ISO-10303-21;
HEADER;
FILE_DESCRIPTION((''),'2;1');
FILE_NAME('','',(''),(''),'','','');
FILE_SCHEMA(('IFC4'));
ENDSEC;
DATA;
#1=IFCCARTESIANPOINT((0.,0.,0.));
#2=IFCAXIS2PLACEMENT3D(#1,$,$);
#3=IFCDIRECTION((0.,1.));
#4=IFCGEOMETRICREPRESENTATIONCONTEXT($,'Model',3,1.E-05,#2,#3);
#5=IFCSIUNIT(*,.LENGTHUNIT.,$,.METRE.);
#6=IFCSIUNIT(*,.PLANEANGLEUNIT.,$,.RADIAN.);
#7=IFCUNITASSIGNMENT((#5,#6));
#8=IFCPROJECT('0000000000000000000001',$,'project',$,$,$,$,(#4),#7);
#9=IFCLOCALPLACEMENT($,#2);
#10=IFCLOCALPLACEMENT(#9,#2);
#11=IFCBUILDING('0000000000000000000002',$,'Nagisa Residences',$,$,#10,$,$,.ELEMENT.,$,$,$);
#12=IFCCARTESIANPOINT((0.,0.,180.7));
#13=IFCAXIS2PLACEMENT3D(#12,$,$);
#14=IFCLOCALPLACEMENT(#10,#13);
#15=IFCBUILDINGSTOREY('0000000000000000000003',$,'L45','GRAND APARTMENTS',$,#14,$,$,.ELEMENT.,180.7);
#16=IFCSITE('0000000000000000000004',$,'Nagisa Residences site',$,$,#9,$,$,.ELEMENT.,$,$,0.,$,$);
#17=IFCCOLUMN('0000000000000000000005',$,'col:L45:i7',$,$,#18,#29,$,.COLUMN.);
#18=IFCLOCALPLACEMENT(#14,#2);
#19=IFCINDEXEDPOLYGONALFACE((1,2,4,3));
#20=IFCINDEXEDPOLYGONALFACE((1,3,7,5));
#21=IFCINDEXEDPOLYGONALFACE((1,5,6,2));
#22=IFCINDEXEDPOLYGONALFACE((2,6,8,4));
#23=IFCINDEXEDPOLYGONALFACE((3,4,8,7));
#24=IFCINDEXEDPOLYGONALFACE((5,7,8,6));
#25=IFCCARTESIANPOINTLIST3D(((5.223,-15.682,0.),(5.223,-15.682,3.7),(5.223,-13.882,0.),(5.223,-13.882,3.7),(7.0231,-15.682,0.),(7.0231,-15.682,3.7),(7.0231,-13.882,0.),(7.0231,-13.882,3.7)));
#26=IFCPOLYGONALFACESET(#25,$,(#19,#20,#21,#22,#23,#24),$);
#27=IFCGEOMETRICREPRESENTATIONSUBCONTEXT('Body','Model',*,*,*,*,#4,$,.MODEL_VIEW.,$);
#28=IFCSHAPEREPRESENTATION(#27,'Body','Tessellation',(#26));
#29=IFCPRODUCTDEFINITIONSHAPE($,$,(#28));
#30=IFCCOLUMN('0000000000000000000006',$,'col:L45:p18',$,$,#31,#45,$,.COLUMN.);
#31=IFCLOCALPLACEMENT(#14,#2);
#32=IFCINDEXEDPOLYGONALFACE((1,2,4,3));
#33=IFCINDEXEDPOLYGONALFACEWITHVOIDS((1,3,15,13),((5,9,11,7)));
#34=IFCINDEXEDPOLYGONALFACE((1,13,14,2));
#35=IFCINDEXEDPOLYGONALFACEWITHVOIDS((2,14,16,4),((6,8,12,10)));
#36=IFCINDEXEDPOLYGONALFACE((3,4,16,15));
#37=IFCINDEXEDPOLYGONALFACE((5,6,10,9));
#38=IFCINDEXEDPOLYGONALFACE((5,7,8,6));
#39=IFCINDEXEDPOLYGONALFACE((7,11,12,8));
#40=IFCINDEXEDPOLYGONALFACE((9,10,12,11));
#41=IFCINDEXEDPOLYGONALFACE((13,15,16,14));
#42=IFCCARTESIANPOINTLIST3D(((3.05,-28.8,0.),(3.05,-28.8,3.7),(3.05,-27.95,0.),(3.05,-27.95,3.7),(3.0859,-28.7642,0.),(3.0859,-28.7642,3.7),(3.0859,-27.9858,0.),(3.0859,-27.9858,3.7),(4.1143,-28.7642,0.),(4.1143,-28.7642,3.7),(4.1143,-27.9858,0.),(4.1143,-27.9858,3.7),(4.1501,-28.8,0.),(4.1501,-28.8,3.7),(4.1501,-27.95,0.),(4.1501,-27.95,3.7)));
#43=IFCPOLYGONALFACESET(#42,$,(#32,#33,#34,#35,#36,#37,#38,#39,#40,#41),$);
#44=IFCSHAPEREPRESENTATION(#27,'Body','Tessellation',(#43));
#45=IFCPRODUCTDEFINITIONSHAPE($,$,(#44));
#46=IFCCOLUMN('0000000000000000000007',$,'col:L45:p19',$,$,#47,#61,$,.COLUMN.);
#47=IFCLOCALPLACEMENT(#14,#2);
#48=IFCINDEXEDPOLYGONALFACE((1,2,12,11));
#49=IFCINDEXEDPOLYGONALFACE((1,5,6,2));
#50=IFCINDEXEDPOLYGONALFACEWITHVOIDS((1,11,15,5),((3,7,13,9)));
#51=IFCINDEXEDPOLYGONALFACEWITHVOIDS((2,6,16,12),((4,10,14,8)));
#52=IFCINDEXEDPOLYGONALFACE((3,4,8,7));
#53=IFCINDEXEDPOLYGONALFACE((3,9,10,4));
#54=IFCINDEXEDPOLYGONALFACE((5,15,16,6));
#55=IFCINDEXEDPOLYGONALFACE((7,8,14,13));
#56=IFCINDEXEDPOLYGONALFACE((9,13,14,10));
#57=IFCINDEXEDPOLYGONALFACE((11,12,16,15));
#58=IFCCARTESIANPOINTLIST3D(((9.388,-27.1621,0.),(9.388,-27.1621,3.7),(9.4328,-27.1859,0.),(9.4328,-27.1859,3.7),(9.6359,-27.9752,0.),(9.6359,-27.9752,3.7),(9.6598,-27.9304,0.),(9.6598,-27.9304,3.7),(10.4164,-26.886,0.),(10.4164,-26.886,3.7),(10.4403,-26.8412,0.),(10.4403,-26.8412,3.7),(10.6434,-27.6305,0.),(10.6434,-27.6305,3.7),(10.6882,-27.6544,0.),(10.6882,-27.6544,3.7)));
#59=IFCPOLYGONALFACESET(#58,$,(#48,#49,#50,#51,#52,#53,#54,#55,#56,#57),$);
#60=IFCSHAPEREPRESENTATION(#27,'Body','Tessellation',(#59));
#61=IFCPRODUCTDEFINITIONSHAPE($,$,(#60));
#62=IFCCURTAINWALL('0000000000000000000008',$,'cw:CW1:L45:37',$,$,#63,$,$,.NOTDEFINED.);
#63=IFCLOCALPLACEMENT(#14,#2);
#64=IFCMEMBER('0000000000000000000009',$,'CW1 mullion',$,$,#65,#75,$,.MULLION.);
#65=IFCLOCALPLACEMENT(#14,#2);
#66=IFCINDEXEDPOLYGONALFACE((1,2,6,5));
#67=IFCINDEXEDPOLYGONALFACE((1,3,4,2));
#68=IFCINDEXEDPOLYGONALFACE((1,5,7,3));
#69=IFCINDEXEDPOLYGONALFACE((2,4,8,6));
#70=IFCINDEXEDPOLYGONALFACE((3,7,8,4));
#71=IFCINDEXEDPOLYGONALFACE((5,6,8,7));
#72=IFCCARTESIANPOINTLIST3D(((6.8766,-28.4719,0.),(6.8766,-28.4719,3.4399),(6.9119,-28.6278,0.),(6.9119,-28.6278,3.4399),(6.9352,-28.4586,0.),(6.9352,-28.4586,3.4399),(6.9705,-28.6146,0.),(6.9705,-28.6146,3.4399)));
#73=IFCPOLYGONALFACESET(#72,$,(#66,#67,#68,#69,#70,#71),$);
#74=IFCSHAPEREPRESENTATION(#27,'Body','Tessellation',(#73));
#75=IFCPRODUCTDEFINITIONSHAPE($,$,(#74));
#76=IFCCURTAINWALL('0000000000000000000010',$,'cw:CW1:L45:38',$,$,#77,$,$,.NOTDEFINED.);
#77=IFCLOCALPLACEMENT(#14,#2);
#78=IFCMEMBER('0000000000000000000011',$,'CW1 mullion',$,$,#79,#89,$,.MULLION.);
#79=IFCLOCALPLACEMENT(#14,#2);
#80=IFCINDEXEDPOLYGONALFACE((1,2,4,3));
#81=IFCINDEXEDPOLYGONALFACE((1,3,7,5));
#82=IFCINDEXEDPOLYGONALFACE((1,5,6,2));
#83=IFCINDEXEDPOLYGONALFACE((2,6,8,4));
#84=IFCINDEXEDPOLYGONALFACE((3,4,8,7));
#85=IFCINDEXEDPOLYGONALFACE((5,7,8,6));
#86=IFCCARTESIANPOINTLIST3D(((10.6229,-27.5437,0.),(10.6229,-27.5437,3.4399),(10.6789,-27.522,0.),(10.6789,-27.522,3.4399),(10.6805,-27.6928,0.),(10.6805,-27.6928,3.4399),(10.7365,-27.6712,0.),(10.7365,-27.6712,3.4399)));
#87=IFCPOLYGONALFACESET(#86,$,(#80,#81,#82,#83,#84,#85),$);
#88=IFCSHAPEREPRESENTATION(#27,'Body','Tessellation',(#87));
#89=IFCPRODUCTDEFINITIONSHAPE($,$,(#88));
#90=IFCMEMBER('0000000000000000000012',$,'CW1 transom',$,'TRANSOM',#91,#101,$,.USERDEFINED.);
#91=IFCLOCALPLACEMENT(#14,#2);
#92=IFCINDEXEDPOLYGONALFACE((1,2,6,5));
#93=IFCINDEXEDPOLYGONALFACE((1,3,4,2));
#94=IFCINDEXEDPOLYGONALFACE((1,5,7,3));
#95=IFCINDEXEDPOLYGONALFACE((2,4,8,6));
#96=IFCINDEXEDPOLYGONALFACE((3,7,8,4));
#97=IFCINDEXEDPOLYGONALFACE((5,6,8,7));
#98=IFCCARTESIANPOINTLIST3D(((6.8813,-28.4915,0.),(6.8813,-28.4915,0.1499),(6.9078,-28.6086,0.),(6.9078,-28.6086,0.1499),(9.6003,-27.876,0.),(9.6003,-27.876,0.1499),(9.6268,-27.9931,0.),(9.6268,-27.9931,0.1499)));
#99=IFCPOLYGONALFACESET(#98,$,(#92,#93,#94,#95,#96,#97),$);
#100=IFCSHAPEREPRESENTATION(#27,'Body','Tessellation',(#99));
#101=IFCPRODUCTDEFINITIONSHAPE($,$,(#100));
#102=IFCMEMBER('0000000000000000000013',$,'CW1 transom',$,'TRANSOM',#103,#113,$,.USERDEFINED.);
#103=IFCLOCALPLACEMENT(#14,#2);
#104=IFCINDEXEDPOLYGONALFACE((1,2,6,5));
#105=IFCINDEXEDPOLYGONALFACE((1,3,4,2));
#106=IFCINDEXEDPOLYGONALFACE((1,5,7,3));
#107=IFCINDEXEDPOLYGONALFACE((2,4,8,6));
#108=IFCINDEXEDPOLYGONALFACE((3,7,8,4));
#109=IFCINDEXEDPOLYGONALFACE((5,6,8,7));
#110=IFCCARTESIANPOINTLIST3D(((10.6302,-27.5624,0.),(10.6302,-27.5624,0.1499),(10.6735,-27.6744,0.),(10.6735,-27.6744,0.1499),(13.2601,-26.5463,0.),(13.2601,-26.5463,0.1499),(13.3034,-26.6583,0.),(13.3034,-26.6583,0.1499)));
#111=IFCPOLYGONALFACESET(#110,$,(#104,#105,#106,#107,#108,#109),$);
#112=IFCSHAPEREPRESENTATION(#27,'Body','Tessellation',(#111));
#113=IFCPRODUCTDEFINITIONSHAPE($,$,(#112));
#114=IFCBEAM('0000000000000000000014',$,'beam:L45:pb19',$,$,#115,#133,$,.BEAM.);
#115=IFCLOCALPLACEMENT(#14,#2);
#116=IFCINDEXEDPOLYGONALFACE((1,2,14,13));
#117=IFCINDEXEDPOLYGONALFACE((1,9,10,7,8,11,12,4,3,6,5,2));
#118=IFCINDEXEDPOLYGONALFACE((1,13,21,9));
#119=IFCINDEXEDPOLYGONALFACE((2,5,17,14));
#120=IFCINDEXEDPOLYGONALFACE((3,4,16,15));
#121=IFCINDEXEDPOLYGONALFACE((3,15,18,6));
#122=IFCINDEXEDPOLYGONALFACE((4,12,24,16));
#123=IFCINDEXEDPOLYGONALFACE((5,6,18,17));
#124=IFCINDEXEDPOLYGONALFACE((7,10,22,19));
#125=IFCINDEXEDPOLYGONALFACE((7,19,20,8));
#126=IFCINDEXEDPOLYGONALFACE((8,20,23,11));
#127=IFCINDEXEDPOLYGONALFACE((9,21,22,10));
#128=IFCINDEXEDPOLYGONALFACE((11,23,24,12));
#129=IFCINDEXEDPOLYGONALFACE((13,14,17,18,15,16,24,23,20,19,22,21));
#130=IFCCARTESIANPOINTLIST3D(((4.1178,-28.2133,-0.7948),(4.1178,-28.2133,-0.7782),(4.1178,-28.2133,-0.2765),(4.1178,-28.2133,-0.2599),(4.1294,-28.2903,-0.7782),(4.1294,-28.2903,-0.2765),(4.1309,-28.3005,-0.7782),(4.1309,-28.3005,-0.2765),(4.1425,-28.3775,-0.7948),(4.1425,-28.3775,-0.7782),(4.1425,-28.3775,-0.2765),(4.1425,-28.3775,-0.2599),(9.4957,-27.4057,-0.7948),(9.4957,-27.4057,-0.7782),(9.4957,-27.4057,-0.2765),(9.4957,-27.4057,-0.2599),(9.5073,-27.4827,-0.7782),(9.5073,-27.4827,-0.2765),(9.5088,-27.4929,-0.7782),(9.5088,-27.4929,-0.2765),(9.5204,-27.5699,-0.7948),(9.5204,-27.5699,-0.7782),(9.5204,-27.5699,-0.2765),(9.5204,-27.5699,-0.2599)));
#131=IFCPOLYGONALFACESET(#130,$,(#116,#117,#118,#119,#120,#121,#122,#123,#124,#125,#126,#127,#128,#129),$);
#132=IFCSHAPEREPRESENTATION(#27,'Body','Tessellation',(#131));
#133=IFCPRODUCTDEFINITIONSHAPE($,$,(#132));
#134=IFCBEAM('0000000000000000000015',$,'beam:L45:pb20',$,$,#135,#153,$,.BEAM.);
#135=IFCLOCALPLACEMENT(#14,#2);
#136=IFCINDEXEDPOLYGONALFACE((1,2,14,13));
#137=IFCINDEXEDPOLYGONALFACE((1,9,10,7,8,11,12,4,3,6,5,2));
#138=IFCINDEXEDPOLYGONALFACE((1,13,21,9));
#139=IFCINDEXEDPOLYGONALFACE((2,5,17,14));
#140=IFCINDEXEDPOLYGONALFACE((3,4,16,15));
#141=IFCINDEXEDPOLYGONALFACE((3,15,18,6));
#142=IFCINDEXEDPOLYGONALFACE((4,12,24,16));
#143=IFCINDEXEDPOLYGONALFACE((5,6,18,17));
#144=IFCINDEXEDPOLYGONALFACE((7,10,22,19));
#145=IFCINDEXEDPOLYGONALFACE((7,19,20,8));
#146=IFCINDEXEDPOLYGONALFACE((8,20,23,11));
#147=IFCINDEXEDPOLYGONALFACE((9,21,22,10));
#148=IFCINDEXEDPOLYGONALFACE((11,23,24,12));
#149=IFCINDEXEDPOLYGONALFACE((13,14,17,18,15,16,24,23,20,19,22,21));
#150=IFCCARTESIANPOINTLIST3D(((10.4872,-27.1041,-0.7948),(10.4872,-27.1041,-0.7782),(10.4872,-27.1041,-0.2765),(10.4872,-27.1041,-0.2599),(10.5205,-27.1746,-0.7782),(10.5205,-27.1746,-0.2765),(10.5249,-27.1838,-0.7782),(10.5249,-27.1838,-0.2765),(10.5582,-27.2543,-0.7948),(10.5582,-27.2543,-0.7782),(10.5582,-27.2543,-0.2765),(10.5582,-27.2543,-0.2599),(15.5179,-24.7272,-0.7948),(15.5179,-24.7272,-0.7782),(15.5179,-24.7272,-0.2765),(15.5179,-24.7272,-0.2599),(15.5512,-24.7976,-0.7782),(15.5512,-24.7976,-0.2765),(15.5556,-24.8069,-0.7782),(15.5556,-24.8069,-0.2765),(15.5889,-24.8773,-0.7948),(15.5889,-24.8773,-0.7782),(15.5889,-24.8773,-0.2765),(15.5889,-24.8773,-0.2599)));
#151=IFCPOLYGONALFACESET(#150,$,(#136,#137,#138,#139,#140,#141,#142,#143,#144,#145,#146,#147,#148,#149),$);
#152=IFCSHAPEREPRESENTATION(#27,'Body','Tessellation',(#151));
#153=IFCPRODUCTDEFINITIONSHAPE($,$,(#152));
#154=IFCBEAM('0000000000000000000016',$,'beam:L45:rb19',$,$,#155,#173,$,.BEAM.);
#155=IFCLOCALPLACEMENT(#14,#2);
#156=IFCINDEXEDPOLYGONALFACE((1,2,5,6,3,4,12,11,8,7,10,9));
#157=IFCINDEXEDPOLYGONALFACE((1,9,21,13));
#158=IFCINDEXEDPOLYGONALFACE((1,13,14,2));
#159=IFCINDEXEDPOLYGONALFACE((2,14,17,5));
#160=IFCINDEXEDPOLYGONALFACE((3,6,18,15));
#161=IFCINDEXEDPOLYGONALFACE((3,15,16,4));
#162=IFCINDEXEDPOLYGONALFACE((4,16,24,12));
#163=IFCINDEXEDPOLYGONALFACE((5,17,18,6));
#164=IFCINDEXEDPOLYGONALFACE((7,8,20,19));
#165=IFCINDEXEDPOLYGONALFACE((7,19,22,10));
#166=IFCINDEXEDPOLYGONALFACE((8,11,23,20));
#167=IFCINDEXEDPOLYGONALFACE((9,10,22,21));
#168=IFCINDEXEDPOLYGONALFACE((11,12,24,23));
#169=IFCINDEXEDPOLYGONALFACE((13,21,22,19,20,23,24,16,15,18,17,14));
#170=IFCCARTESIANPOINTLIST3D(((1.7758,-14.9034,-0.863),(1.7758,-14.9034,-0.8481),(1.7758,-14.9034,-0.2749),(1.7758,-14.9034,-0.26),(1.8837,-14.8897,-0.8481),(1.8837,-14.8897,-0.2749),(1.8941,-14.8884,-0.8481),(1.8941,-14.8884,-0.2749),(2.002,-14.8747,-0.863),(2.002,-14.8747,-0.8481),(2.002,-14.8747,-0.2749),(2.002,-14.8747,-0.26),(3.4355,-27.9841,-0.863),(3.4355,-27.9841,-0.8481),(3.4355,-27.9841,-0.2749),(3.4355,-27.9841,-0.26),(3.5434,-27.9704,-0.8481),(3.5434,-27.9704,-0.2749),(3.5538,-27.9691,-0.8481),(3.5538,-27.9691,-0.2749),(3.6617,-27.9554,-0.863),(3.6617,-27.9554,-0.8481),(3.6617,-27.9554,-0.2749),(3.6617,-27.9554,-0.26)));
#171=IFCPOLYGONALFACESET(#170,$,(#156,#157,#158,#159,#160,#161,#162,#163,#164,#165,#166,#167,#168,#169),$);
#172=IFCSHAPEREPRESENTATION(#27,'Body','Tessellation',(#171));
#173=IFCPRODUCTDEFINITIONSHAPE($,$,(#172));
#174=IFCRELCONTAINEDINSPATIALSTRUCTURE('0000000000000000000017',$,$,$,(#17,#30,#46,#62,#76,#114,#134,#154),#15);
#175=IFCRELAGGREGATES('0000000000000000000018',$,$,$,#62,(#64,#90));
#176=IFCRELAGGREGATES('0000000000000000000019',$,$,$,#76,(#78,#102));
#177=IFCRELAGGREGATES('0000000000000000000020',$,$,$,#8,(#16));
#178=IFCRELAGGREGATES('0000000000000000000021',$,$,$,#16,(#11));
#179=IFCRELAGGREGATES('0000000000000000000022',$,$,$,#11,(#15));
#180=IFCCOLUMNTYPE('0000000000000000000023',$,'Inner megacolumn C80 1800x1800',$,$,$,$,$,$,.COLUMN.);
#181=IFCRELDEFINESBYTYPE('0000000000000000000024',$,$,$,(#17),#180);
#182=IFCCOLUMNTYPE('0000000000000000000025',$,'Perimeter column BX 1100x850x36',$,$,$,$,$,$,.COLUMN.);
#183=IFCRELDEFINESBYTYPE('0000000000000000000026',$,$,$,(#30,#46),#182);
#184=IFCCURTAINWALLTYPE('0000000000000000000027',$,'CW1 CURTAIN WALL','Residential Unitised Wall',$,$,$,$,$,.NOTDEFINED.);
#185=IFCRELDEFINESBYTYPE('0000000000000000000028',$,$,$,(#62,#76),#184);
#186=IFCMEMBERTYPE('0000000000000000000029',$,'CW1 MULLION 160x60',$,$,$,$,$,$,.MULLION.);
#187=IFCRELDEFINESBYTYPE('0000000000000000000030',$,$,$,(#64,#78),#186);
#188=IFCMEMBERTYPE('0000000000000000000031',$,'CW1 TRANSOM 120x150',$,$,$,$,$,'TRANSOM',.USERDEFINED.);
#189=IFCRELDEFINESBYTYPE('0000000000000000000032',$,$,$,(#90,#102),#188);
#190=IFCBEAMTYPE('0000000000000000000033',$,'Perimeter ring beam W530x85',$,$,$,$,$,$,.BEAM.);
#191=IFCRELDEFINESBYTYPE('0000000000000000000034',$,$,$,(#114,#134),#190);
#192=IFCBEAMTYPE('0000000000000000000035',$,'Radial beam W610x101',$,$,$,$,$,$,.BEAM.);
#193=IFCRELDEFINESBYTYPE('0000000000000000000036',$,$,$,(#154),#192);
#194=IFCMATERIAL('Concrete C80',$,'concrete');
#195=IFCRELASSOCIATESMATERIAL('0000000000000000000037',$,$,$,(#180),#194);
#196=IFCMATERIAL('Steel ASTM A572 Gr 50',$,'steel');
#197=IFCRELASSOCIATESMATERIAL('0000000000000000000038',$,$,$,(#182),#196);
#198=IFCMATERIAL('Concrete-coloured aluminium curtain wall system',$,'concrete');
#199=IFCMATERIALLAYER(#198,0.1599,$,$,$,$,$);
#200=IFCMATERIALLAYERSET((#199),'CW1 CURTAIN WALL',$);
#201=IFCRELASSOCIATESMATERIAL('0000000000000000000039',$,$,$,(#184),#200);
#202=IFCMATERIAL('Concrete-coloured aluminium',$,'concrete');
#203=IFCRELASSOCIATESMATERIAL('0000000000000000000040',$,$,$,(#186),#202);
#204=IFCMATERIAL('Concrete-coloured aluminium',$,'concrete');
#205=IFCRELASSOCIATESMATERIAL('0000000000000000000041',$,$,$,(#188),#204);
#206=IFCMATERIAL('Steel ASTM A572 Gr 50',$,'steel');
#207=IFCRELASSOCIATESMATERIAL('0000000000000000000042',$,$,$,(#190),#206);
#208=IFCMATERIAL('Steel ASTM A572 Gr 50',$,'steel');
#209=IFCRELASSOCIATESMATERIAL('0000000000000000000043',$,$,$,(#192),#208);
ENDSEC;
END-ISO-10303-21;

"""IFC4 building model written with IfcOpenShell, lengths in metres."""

from ifc_helpers import new_model, si_unit, direction, frame, origin, origin_2d, place, context, subcontext, project, spatial, rectangle, hollow_rectangle, i_section, extrude, material, layer, layer_set, material_profile, profile_set, type_object, element, aggregate, save


model = new_model("IFC4")

# Units and contexts
model_context = context("Model", 3, precision=1e-05, world=origin(), true_north=direction((0.0, 1.0)))
body_context = subcontext(model_context, "Body", "Model", "MODEL_VIEW")
ifc_project = project(units=[si_unit("LENGTHUNIT", "METRE"), si_unit("PLANEANGLEUNIT", "RADIAN")], contexts=[model_context])

# Site, building, storey
site_placement = place(None, origin())
site = spatial("IfcSite", under=ifc_project, at=site_placement, Name="Nagisa Residences site", CompositionType="ELEMENT", RefElevation=0.0)
building_placement = place(site_placement, origin())
building = spatial("IfcBuilding", under=site, at=building_placement, Name="Nagisa Residences", CompositionType="ELEMENT")
storey_placement = place(building_placement, frame((0.0, 0.0, 180.7)))
storey = spatial("IfcBuildingStorey", under=building, at=storey_placement, Name="L45", Description="GRAND APARTMENTS", CompositionType="ELEMENT", Elevation=180.7)

# Columns
ifc_material_1 = material(Name="Concrete C80", Category="concrete")
ifc_material_profile_1 = material_profile(ifc_material_1, rectangle(XDim=1.8, YDim=1.8, at=origin_2d()), Name="C80 1800x1800")
ifc_profile_set_1 = profile_set([ifc_material_profile_1], Name="Concrete C80")
column_type_1 = type_object("IfcColumnType", Name="Inner megacolumn C80 1800x1800", PredefinedType="COLUMN", material=ifc_profile_set_1)
column_placement = place(storey_placement, frame((6.123, -14.782, 0.0), z_axis=(0.0, 0.0, 1.0), x_axis=(1.0, 0.0, 0.0)))
element("IfcColumn", 1, at=column_placement, inside=storey, type_object=column_type_1, Name="col:L45:i7", PredefinedType="COLUMN", context=body_context, shape_type="SweptSolid", body=[
    extrude(rectangle(XDim=1.8, YDim=1.8, at=origin_2d()), origin(), (0.0, 0.0, 1.0), 3.7),
])
ifc_material_2 = material(Name="Steel ASTM A572 Gr 50", Category="steel")
ifc_material_profile_2 = material_profile(ifc_material_2, hollow_rectangle(XDim=1.1001, YDim=0.8501, WallThickness=0.0359, at=origin_2d()), Name="BX 1100x850x36")
ifc_profile_set_2 = profile_set([ifc_material_profile_2], Name="Steel ASTM A572 Gr 50")
column_type_2 = type_object("IfcColumnType", Name="Perimeter column BX 1100x850x36", PredefinedType="COLUMN", material=ifc_profile_set_2)
for number, where, z_axis, x_axis, name in (
    (2, (3.6001, -28.375, 0.0), (0.0, 0.0, 1.0), (1.0, 0.0, 0.0), "col:L45:p18"),
    (3, (10.0381, -27.4082, 0.0), (0.0, 0.0, 1.0), (0.956525, 0.291652, 0.0), "col:L45:p19"),
):
    element("IfcColumn", number, at=place(storey_placement, frame(where, z_axis=z_axis, x_axis=x_axis)), inside=storey, type_object=column_type_2, Name=name, PredefinedType="COLUMN", context=body_context, shape_type="SweptSolid", body=[
        extrude(hollow_rectangle(XDim=1.1001, YDim=0.8501, WallThickness=0.0359, at=origin_2d()), origin(), (0.0, 0.0, 1.0), 3.7),
    ])

# Curtain walls, members
ifc_material_3 = material(Name="Concrete-coloured aluminium curtain wall system", Category="concrete")
ifc_layer_1 = layer(ifc_material_3, 0.1599)
ifc_layer_set_1 = layer_set([ifc_layer_1], Name="CW1 CURTAIN WALL")
curtain_wall_type = type_object("IfcCurtainWallType", Name="CW1 CURTAIN WALL", Description="Residential Unitised Wall", PredefinedType="NOTDEFINED", material=ifc_layer_set_1)
curtain_wall_1_placement = place(storey_placement, origin())
curtain_wall_1 = element("IfcCurtainWall", 4, at=curtain_wall_1_placement, inside=storey, type_object=curtain_wall_type, Name="cw:CW1:L45:37", PredefinedType="NOTDEFINED")
ifc_material_4 = material(Name="Concrete-coloured aluminium", Category="concrete")
ifc_material_profile_3 = material_profile(ifc_material_4, rectangle(XDim=0.1599, YDim=0.0601, at=origin_2d()), Name="CW1 MULLION 160x60")
ifc_profile_set_3 = profile_set([ifc_material_profile_3], Name="Concrete-coloured aluminium")
member_type_1 = type_object("IfcMemberType", Name="CW1 MULLION 160x60", PredefinedType="MULLION", material=ifc_profile_set_3)
member_1_placement = place(storey_placement, frame((6.9236, -28.5432, 0.0), z_axis=(0.0, 0.0, 1.0), x_axis=(-0.220764, 0.975327, 0.0)))
member_1 = element("IfcMember", 5, at=member_1_placement, type_object=member_type_1, Name="CW1 mullion", PredefinedType="MULLION", context=body_context, shape_type="SweptSolid", body=[
    extrude(rectangle(XDim=0.1599, YDim=0.0601, at=origin_2d()), origin(), (0.0, 0.0, 1.0), 3.4399),
])
curtain_wall_2_placement = place(storey_placement, origin())
curtain_wall_2 = element("IfcCurtainWall", 6, at=curtain_wall_2_placement, inside=storey, type_object=curtain_wall_type, Name="cw:CW1:L45:38", PredefinedType="NOTDEFINED")
member_2_placement = place(storey_placement, frame((10.6797, -27.6074, 0.0), z_axis=(0.0, 0.0, 1.0), x_axis=(-0.360328, 0.932826, 0.0)))
member_2 = element("IfcMember", 7, at=member_2_placement, type_object=member_type_1, Name="CW1 mullion", PredefinedType="MULLION", context=body_context, shape_type="SweptSolid", body=[
    extrude(rectangle(XDim=0.1599, YDim=0.0601, at=origin_2d()), origin(), (0.0, 0.0, 1.0), 3.4399),
])

# Members
ifc_material_5 = material(Name="Concrete-coloured aluminium", Category="concrete")
ifc_material_profile_4 = material_profile(ifc_material_5, rectangle(XDim=0.1201, YDim=0.1499, at=origin_2d()), Name="CW1 TRANSOM 120x150")
ifc_profile_set_4 = profile_set([ifc_material_profile_4], Name="Concrete-coloured aluminium")
member_type_2 = type_object("IfcMemberType", Name="CW1 TRANSOM 120x150", ElementType="TRANSOM", PredefinedType="USERDEFINED", material=ifc_profile_set_4)
member_3_placement = place(storey_placement, frame((6.8945, -28.55, 0.075), z_axis=(0.975324, 0.220777, 0.0), x_axis=(-0.220777, 0.975324, 0.0)))
member_3 = element("IfcMember", 8, at=member_3_placement, type_object=member_type_2, Name="CW1 transom", ObjectType="TRANSOM", PredefinedType="USERDEFINED", context=body_context, shape_type="SweptSolid", body=[
    extrude(rectangle(XDim=0.1201, YDim=0.1499, at=origin_2d()), origin(), (0.0, 0.0, 1.0), 2.7878),
])
member_4_placement = place(storey_placement, frame((10.6519, -27.6184, 0.075), z_axis=(0.932795, 0.360406, 0.0), x_axis=(-0.360406, 0.932795, 0.0)))
member_4 = element("IfcMember", 9, at=member_4_placement, type_object=member_type_2, Name="CW1 transom", ObjectType="TRANSOM", PredefinedType="USERDEFINED", context=body_context, shape_type="SweptSolid", body=[
    extrude(rectangle(XDim=0.1201, YDim=0.1499, at=origin_2d()), origin(), (0.0, 0.0, 1.0), 2.8193),
])

# Beams
ifc_material_6 = material(Name="Steel ASTM A572 Gr 50", Category="steel")
ifc_material_profile_5 = material_profile(ifc_material_6, i_section(OverallWidth=0.166, OverallDepth=0.5349, WebThickness=0.0103, FlangeThickness=0.0166, at=origin_2d()), Name="W530x85")
ifc_profile_set_5 = profile_set([ifc_material_profile_5], Name="Steel ASTM A572 Gr 50")
beam_type_1 = type_object("IfcBeamType", Name="Perimeter ring beam W530x85", PredefinedType="BEAM", material=ifc_profile_set_5)
beam_1_placement = place(storey_placement, frame((4.1301, -28.2954, -0.5273), z_axis=(0.988911, 0.148507, 0.0), x_axis=(-0.148507, 0.988911, 0.0)))
element("IfcBeam", 10, at=beam_1_placement, inside=storey, type_object=beam_type_1, Name="beam:L45:pb19", PredefinedType="BEAM", context=body_context, shape_type="SweptSolid", body=[
    extrude(i_section(OverallWidth=0.166, OverallDepth=0.5349, WebThickness=0.0103, FlangeThickness=0.0166, at=origin_2d()), origin(), (0.0, 0.0, 1.0), 5.4382),
])
beam_2_placement = place(storey_placement, frame((10.5227, -27.1792, -0.5273), z_axis=(0.904157, 0.4272, 0.0), x_axis=(-0.4272, 0.904157, 0.0)))
element("IfcBeam", 11, at=beam_2_placement, inside=storey, type_object=beam_type_1, Name="beam:L45:pb20", PredefinedType="BEAM", context=body_context, shape_type="SweptSolid", body=[
    extrude(i_section(OverallWidth=0.166, OverallDepth=0.5349, WebThickness=0.0103, FlangeThickness=0.0166, at=origin_2d()), origin(), (0.0, 0.0, 1.0), 5.564),
])
ifc_material_7 = material(Name="Steel ASTM A572 Gr 50", Category="steel")
ifc_material_profile_6 = material_profile(ifc_material_7, i_section(OverallWidth=0.228, OverallDepth=0.603, WebThickness=0.0105, FlangeThickness=0.0149, at=origin_2d()), Name="W610x101")
ifc_profile_set_6 = profile_set([ifc_material_profile_6], Name="Steel ASTM A572 Gr 50")
beam_type_2 = type_object("IfcBeamType", Name="Radial beam W610x101", PredefinedType="BEAM", material=ifc_profile_set_6)
beam_3_placement = place(storey_placement, frame((3.5486, -27.9697, -0.5615), z_axis=(-0.125871, 0.992047, 0.0), x_axis=(-0.992047, -0.125871, 0.0)))
element("IfcBeam", 12, at=beam_3_placement, inside=storey, type_object=beam_type_2, Name="beam:L45:rb19", PredefinedType="BEAM", context=body_context, shape_type="SweptSolid", body=[
    extrude(i_section(OverallWidth=0.228, OverallDepth=0.603, WebThickness=0.0105, FlangeThickness=0.0149, at=origin_2d()), origin(), (0.0, 0.0, 1.0), 13.1855),
])

aggregate(curtain_wall_1, [member_1, member_3])
aggregate(curtain_wall_2, [member_2, member_4])

save(model, "model.ifc")
